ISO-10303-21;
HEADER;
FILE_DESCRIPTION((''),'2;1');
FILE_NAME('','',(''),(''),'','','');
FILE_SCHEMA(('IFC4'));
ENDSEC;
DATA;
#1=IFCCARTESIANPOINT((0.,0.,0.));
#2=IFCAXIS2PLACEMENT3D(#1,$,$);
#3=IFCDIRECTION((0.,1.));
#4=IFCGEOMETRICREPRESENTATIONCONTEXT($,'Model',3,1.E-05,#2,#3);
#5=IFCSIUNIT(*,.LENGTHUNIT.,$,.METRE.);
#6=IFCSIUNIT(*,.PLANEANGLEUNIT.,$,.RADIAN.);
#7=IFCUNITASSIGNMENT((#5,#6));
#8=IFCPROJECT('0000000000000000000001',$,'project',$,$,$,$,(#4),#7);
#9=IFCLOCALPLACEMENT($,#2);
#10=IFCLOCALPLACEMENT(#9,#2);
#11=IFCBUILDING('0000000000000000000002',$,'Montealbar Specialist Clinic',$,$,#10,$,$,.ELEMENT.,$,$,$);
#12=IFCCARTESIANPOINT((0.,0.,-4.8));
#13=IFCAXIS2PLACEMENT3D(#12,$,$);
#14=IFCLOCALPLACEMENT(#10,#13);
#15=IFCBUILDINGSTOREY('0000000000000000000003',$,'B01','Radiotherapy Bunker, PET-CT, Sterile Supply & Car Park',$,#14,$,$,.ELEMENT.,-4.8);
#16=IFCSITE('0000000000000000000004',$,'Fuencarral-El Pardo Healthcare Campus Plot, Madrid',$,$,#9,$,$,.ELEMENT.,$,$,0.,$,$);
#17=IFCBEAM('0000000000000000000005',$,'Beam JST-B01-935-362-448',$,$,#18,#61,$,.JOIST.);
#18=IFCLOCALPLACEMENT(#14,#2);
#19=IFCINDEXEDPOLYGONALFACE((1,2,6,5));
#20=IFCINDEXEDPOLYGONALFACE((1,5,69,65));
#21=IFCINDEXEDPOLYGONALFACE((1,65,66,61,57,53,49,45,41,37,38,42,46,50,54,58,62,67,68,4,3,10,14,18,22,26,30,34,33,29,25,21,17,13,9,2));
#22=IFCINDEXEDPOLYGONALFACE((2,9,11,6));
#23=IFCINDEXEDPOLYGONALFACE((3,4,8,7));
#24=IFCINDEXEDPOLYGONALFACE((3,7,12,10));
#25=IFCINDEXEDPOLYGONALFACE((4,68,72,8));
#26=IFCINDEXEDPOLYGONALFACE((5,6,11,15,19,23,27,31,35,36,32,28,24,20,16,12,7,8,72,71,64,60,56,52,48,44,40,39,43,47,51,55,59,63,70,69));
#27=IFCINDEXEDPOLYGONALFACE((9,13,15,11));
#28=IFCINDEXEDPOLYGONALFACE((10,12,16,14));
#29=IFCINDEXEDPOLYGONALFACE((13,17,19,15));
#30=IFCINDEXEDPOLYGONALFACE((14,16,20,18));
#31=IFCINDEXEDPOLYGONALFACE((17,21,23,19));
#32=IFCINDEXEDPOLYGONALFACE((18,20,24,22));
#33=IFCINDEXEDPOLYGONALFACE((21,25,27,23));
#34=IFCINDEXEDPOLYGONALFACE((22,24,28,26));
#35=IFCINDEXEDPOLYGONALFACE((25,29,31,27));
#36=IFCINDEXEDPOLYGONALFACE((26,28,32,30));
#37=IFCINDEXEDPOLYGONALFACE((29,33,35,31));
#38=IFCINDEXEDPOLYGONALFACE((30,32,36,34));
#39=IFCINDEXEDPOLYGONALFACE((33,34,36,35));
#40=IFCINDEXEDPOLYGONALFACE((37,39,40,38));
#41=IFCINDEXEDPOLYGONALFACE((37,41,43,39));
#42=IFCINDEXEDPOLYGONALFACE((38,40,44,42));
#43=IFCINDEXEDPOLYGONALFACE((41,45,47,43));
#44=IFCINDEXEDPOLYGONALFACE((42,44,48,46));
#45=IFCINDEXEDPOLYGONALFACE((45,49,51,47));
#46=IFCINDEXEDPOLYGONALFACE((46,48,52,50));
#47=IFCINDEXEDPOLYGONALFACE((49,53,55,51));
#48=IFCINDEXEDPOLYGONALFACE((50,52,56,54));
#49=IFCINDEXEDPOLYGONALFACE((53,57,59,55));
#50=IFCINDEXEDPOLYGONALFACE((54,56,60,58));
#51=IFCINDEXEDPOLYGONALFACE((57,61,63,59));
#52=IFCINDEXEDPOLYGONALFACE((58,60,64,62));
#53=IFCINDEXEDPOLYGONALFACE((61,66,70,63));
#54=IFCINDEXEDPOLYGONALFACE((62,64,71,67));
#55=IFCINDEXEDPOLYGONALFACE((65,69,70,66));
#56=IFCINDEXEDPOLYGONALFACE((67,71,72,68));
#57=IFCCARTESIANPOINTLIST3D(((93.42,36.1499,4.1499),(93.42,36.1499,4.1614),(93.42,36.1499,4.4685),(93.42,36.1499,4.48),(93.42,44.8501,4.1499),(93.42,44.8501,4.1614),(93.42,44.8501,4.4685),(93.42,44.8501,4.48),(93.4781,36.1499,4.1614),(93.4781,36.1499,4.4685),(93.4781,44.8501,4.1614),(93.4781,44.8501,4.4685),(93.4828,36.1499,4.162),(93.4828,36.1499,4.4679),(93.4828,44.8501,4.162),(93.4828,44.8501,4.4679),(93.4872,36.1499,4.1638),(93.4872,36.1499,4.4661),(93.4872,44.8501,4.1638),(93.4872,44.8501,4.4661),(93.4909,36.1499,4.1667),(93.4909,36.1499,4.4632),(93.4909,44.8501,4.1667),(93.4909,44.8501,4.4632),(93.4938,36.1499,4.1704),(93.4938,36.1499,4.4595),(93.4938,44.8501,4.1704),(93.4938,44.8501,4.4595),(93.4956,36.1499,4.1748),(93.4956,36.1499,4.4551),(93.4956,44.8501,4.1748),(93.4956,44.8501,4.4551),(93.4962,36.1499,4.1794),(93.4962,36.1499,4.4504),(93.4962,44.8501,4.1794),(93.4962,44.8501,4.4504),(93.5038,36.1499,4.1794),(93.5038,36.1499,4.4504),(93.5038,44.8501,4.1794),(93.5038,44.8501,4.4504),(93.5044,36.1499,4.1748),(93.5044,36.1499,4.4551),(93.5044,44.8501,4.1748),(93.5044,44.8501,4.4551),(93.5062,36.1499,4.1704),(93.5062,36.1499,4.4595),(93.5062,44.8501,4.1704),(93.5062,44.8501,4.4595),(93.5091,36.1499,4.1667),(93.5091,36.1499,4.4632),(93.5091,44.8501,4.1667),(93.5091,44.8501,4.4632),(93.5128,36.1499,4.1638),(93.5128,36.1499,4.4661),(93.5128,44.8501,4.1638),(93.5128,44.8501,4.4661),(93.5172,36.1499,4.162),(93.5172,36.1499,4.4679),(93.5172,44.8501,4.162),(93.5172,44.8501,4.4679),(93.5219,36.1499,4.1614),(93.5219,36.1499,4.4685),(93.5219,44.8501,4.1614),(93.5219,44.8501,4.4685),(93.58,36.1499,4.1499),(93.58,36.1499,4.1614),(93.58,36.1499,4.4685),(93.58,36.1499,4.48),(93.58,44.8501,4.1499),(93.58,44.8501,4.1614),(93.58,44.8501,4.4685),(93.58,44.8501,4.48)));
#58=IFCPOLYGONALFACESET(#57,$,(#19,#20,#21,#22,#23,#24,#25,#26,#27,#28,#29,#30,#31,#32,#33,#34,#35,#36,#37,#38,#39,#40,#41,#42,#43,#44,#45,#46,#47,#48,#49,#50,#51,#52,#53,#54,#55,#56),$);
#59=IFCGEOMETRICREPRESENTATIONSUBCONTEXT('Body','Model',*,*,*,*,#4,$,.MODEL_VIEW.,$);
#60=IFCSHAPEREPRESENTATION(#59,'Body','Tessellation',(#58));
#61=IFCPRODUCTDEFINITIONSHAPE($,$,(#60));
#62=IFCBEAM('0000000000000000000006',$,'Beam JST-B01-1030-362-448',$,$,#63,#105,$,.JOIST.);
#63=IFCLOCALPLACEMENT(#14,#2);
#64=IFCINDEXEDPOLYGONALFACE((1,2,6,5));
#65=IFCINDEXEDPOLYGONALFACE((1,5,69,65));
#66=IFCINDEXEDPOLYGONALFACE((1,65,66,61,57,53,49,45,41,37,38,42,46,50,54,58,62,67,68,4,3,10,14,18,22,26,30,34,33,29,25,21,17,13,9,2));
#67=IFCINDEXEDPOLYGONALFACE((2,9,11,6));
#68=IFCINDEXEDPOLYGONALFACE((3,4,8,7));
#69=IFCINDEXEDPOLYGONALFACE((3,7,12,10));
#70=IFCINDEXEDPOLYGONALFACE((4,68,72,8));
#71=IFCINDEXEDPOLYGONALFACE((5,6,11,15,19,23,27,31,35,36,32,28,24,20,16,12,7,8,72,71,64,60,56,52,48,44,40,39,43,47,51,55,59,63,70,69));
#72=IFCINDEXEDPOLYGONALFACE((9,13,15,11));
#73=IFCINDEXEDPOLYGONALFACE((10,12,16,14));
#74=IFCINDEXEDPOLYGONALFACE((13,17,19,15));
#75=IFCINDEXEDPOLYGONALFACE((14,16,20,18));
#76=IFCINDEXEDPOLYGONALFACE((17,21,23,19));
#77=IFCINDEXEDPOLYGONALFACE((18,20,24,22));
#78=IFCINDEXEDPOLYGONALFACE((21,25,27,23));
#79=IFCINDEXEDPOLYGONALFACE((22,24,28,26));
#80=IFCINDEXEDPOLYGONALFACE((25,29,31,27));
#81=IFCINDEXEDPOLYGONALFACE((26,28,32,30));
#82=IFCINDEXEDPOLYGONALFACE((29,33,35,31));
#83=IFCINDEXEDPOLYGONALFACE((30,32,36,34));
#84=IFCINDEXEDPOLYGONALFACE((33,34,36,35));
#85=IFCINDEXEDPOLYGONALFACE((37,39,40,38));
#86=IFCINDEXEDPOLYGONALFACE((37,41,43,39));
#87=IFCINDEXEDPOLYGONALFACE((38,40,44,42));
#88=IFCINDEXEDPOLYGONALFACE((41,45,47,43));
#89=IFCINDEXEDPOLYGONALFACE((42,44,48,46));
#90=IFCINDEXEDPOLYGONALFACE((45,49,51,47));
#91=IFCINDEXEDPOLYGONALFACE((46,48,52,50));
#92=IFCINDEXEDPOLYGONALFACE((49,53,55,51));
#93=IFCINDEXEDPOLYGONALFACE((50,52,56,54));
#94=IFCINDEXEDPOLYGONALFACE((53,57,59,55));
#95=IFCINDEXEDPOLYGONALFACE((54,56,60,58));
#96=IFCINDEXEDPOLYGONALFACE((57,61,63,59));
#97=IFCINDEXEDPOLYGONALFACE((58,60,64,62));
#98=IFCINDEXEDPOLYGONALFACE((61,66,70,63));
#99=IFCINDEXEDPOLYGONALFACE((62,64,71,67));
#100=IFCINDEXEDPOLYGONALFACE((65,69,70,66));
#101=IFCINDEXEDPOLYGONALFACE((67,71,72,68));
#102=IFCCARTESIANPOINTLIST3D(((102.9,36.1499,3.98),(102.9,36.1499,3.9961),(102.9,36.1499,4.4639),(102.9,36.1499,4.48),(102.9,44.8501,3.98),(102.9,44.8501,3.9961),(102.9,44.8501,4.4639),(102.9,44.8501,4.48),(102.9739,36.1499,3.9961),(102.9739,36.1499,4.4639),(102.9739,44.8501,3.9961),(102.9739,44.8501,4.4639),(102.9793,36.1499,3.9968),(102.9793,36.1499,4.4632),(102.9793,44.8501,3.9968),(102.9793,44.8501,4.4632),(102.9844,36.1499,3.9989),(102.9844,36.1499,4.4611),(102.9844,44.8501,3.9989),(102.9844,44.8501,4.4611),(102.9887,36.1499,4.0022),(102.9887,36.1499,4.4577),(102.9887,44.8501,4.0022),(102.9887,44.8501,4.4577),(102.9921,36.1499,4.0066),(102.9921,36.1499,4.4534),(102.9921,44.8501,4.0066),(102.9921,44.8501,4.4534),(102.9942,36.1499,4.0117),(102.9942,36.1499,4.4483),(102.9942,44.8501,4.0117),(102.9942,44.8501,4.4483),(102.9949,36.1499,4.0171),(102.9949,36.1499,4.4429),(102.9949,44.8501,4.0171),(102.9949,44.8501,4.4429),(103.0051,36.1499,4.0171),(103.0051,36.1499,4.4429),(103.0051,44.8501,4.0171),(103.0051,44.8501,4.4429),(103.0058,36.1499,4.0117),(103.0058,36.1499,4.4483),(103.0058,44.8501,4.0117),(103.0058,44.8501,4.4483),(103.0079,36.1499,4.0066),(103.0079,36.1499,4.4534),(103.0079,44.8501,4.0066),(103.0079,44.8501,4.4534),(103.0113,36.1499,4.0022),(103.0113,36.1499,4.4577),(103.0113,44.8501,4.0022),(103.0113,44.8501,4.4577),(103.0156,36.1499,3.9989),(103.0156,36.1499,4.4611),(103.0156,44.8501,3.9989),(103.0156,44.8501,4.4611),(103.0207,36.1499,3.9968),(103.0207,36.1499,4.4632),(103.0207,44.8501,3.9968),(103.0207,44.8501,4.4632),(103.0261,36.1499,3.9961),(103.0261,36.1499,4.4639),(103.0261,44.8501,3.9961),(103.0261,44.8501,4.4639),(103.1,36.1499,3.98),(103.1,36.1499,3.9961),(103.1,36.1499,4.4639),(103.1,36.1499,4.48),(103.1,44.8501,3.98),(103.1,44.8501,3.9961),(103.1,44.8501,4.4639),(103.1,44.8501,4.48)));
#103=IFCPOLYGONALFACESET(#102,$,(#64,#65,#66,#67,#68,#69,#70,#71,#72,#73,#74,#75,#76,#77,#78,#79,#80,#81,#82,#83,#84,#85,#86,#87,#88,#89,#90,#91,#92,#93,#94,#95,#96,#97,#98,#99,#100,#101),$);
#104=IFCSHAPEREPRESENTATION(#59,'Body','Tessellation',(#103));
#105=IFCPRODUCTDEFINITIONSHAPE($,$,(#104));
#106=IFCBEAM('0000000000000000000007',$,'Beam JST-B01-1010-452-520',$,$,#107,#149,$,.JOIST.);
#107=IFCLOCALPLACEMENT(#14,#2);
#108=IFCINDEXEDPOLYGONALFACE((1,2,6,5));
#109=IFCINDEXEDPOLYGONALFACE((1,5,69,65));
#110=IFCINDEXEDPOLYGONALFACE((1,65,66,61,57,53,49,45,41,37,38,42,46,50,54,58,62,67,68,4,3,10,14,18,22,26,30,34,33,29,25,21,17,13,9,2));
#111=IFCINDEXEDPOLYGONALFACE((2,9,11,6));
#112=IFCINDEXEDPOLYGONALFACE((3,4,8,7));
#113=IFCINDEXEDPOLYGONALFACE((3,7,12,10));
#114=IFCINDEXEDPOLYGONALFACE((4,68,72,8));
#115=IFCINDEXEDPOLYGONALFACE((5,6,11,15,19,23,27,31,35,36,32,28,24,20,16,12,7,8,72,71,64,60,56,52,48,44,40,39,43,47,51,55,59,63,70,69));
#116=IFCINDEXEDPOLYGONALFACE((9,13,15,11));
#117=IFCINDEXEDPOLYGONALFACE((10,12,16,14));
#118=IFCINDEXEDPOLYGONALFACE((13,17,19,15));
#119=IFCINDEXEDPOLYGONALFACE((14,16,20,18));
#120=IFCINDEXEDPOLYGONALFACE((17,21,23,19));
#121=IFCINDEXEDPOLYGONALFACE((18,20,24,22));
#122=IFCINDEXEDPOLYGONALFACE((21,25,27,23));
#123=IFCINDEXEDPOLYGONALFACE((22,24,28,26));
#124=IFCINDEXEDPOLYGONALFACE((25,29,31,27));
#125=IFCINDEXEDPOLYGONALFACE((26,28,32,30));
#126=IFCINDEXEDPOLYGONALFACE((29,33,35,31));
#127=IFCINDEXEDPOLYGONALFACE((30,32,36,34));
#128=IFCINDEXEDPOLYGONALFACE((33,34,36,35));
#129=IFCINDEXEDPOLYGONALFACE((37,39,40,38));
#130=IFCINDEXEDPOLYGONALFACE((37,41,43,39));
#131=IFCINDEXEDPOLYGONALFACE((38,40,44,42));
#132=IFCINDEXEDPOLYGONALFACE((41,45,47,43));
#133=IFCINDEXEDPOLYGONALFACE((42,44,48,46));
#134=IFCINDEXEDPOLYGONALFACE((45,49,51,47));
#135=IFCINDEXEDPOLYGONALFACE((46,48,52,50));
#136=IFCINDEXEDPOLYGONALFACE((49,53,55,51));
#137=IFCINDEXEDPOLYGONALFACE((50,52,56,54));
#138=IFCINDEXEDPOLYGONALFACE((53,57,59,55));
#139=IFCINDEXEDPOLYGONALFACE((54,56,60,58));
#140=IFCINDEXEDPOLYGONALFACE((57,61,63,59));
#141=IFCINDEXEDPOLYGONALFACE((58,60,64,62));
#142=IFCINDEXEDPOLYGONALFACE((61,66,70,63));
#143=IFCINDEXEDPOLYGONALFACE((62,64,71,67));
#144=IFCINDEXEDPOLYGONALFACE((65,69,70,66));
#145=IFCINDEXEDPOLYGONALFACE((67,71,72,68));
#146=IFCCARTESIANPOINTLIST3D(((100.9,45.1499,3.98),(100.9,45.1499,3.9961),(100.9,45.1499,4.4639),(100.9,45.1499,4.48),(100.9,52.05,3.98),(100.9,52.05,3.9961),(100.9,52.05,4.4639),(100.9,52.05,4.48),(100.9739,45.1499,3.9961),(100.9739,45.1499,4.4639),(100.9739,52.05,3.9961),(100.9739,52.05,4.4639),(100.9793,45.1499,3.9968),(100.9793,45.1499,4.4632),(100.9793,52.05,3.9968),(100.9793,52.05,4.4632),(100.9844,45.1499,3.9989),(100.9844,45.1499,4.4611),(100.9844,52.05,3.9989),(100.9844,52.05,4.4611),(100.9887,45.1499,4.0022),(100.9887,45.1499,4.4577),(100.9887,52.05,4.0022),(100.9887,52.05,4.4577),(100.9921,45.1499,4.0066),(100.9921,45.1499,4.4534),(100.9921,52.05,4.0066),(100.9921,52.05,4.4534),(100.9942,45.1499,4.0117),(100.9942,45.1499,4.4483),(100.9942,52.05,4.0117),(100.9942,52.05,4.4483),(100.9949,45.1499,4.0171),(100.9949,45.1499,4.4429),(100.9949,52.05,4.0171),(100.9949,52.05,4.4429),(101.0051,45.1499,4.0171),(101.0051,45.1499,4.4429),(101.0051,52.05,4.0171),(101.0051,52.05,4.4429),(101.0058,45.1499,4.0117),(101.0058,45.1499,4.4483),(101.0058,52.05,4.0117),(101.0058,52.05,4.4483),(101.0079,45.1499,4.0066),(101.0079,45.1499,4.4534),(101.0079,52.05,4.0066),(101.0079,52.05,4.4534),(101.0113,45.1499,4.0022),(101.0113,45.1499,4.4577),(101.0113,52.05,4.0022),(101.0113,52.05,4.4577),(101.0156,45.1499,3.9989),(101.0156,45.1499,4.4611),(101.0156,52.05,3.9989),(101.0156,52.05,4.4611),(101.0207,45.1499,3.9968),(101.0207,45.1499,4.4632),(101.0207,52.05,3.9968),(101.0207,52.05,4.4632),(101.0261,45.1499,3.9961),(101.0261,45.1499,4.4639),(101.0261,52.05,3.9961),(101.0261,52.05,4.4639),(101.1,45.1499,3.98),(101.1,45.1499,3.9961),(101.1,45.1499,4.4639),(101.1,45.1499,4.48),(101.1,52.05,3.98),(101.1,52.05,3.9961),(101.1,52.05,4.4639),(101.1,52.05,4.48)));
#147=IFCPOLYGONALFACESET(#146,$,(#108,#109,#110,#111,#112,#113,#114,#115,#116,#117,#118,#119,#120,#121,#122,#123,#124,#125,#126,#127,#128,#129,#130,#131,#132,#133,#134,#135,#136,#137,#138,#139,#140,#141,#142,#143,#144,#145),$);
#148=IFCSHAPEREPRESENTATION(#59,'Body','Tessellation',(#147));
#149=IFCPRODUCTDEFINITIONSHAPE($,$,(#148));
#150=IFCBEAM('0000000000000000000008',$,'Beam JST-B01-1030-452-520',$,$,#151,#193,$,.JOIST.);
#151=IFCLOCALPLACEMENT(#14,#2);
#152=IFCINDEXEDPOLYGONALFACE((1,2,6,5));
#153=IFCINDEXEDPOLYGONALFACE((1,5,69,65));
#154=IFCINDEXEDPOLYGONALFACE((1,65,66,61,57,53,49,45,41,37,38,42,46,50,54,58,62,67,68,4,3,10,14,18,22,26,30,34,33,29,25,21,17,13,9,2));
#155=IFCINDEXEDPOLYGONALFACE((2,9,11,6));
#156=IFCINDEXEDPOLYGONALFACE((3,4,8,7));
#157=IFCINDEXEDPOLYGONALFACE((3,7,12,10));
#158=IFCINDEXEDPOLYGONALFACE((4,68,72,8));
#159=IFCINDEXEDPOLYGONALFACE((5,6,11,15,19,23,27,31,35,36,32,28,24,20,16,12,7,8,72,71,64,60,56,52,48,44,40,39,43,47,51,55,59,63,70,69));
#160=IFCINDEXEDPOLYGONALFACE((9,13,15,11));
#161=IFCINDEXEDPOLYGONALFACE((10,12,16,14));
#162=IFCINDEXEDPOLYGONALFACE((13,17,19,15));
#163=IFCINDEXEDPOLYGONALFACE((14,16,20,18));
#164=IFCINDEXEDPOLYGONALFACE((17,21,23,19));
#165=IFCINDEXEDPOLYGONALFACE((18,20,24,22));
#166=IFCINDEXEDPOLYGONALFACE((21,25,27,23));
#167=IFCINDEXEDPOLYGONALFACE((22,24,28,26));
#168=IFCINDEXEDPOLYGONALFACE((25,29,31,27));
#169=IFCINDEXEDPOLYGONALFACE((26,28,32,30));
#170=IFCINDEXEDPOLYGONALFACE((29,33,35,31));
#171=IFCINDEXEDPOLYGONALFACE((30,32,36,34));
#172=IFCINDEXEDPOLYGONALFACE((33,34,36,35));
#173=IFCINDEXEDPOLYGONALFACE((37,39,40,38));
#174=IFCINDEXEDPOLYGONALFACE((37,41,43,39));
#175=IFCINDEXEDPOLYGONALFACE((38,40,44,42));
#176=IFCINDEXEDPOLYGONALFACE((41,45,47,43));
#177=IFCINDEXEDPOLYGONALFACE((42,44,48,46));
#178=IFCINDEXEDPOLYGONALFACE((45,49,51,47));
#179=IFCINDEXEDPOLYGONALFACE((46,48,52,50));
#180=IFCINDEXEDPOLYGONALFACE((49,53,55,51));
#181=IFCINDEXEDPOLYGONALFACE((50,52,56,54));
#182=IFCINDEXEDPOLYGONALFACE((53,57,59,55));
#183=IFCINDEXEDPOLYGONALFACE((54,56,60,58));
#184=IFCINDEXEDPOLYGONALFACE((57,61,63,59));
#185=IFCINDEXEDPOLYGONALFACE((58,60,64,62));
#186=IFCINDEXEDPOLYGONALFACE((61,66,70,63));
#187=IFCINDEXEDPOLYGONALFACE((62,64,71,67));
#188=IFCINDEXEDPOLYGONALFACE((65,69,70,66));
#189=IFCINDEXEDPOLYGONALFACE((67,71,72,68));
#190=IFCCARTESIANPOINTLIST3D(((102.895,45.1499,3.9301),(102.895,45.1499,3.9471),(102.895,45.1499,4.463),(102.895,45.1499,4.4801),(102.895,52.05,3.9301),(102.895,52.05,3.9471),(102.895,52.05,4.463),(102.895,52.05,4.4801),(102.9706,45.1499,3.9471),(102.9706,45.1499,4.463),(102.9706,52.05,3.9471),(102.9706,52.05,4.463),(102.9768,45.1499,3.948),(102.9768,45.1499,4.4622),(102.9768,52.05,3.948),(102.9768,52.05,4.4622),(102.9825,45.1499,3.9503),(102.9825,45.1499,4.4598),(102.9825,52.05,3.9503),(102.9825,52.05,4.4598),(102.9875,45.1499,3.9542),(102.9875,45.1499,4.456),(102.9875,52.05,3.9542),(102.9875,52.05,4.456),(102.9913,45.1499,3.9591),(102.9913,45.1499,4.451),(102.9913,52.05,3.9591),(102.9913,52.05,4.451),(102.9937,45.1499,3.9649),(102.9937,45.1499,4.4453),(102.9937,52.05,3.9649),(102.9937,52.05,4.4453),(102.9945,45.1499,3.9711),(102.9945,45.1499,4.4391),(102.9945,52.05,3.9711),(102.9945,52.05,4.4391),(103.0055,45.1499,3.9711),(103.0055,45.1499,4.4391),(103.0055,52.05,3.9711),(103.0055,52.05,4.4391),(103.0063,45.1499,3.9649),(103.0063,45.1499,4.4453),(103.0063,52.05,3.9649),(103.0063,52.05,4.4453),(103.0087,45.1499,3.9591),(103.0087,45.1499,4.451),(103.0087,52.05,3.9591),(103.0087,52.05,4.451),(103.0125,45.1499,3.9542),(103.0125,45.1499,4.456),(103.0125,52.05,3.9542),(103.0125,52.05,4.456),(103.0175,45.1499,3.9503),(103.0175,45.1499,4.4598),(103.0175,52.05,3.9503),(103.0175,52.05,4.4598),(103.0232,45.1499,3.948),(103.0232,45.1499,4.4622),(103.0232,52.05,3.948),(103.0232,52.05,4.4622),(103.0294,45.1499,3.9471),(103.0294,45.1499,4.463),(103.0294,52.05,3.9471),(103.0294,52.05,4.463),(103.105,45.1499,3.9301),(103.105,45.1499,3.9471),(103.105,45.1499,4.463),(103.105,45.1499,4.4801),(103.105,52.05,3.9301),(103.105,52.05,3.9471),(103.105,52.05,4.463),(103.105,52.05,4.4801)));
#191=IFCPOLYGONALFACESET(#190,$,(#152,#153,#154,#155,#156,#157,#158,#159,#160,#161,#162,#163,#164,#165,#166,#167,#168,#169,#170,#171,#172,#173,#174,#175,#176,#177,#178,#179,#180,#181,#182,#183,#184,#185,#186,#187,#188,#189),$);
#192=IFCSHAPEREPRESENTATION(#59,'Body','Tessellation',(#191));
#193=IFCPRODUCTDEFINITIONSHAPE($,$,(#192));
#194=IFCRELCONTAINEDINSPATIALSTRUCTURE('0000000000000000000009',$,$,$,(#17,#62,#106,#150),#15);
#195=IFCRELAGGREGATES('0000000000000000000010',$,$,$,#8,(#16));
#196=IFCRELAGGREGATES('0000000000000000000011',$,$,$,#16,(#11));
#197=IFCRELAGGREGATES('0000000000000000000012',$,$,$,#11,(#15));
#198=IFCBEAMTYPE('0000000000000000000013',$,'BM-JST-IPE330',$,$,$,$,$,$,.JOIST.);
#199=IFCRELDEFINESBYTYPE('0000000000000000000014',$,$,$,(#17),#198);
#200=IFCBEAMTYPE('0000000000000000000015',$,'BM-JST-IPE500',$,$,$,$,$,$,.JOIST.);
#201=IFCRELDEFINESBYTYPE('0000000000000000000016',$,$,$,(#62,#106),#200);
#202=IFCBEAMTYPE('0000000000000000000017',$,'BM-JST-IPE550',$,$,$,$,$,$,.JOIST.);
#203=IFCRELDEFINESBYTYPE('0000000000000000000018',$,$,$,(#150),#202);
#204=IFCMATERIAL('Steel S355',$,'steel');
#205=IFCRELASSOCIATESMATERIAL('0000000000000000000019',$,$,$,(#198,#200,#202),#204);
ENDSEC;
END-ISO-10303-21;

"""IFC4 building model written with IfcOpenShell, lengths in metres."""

from ifc_helpers import new_model, si_unit, direction, frame, origin, origin_2d, place, context, subcontext, project, spatial, i_section, extrude, material, material_profile, profile_set, type_object, element, save


model = new_model("IFC4")

# Units and contexts
model_context = context("Model", 3, precision=1e-05, world=origin(), true_north=direction((0.0, 1.0)))
body_context = subcontext(model_context, "Body", "Model", "MODEL_VIEW")
ifc_project = project(units=[si_unit("LENGTHUNIT", "METRE"), si_unit("PLANEANGLEUNIT", "RADIAN")], contexts=[model_context])

# Site, building, storey
site_placement = place(None, origin())
site = spatial("IfcSite", under=ifc_project, at=site_placement, Name="Fuencarral-El Pardo Healthcare Campus Plot, Madrid", CompositionType="ELEMENT", RefElevation=0.0)
building_placement = place(site_placement, origin())
building = spatial("IfcBuilding", under=site, at=building_placement, Name="Montealbar Specialist Clinic", CompositionType="ELEMENT")
storey_placement = place(building_placement, frame((0.0, 0.0, -4.8)))
storey = spatial("IfcBuildingStorey", under=building, at=storey_placement, Name="B01", Description="Radiotherapy Bunker, PET-CT, Sterile Supply & Car Park", CompositionType="ELEMENT", Elevation=-4.8)

# Shared definitions
ifc_material_1 = material(Name="Steel S355", Category="steel")

# Beams
ifc_material_profile_1 = material_profile(ifc_material_1, i_section(OverallWidth=0.1599, OverallDepth=0.3301, WebThickness=0.0076, FlangeThickness=0.0115, FilletRadius=0.0181, at=origin_2d()), Name="IPE 330", Category="steel")
ifc_profile_set_1 = profile_set([ifc_material_profile_1], Name="Steel S355")
beam_type_1 = type_object("IfcBeamType", Name="BM-JST-IPE330", PredefinedType="JOIST", material=ifc_profile_set_1)
beam_1_placement = place(storey_placement, frame((93.5, 36.1499, 4.3149), z_axis=(0.0, 1.0, 0.0), x_axis=(-1.0, 0.0, 0.0)))
element("IfcBeam", 1, at=beam_1_placement, inside=storey, type_object=beam_type_1, Name="Beam JST-B01-935-362-448", PredefinedType="JOIST", context=body_context, shape_type="SweptSolid", body=[
    extrude(i_section(OverallWidth=0.1599, OverallDepth=0.3301, WebThickness=0.0076, FlangeThickness=0.0115, FilletRadius=0.0181, at=origin_2d()), origin(), (0.0, 0.0, 1.0), 8.7002),
])
ifc_material_profile_2 = material_profile(ifc_material_1, i_section(OverallWidth=0.2, OverallDepth=0.5, WebThickness=0.0103, FlangeThickness=0.0161, FilletRadius=0.021, at=origin_2d()), Name="IPE 500", Category="steel")
ifc_profile_set_2 = profile_set([ifc_material_profile_2], Name="Steel S355")
beam_type_2 = type_object("IfcBeamType", Name="BM-JST-IPE500", PredefinedType="JOIST", material=ifc_profile_set_2)
beam_2_placement = place(storey_placement, frame((103.0, 36.1499, 4.23), z_axis=(0.0, 1.0, 0.0), x_axis=(-1.0, 0.0, 0.0)))
element("IfcBeam", 2, at=beam_2_placement, inside=storey, type_object=beam_type_2, Name="Beam JST-B01-1030-362-448", PredefinedType="JOIST", context=body_context, shape_type="SweptSolid", body=[
    extrude(i_section(OverallWidth=0.2, OverallDepth=0.5, WebThickness=0.0103, FlangeThickness=0.0161, FilletRadius=0.021, at=origin_2d()), origin(), (0.0, 0.0, 1.0), 8.7002),
])
beam_3_placement = place(storey_placement, frame((101.0, 45.1499, 4.23), z_axis=(0.0, 1.0, 0.0), x_axis=(-1.0, 0.0, 0.0)))
element("IfcBeam", 3, at=beam_3_placement, inside=storey, type_object=beam_type_2, Name="Beam JST-B01-1010-452-520", PredefinedType="JOIST", context=body_context, shape_type="SweptSolid", body=[
    extrude(i_section(OverallWidth=0.2, OverallDepth=0.5, WebThickness=0.0103, FlangeThickness=0.0161, FilletRadius=0.021, at=origin_2d()), origin(), (0.0, 0.0, 1.0), 6.9001),
])
ifc_material_profile_3 = material_profile(ifc_material_1, i_section(OverallWidth=0.21, OverallDepth=0.55, WebThickness=0.011, FlangeThickness=0.0171, FilletRadius=0.0239, at=origin_2d()), Name="IPE 550", Category="steel")
ifc_profile_set_3 = profile_set([ifc_material_profile_3], Name="Steel S355")
beam_type_3 = type_object("IfcBeamType", Name="BM-JST-IPE550", PredefinedType="JOIST", material=ifc_profile_set_3)
beam_4_placement = place(storey_placement, frame((103.0, 45.1499, 4.2051), z_axis=(0.0, 1.0, 0.0), x_axis=(-1.0, 0.0, 0.0)))
element("IfcBeam", 4, at=beam_4_placement, inside=storey, type_object=beam_type_3, Name="Beam JST-B01-1030-452-520", PredefinedType="JOIST", context=body_context, shape_type="SweptSolid", body=[
    extrude(i_section(OverallWidth=0.21, OverallDepth=0.55, WebThickness=0.011, FlangeThickness=0.0171, FilletRadius=0.0239, at=origin_2d()), origin(), (0.0, 0.0, 1.0), 6.9001),
])

save(model, "model.ifc")
